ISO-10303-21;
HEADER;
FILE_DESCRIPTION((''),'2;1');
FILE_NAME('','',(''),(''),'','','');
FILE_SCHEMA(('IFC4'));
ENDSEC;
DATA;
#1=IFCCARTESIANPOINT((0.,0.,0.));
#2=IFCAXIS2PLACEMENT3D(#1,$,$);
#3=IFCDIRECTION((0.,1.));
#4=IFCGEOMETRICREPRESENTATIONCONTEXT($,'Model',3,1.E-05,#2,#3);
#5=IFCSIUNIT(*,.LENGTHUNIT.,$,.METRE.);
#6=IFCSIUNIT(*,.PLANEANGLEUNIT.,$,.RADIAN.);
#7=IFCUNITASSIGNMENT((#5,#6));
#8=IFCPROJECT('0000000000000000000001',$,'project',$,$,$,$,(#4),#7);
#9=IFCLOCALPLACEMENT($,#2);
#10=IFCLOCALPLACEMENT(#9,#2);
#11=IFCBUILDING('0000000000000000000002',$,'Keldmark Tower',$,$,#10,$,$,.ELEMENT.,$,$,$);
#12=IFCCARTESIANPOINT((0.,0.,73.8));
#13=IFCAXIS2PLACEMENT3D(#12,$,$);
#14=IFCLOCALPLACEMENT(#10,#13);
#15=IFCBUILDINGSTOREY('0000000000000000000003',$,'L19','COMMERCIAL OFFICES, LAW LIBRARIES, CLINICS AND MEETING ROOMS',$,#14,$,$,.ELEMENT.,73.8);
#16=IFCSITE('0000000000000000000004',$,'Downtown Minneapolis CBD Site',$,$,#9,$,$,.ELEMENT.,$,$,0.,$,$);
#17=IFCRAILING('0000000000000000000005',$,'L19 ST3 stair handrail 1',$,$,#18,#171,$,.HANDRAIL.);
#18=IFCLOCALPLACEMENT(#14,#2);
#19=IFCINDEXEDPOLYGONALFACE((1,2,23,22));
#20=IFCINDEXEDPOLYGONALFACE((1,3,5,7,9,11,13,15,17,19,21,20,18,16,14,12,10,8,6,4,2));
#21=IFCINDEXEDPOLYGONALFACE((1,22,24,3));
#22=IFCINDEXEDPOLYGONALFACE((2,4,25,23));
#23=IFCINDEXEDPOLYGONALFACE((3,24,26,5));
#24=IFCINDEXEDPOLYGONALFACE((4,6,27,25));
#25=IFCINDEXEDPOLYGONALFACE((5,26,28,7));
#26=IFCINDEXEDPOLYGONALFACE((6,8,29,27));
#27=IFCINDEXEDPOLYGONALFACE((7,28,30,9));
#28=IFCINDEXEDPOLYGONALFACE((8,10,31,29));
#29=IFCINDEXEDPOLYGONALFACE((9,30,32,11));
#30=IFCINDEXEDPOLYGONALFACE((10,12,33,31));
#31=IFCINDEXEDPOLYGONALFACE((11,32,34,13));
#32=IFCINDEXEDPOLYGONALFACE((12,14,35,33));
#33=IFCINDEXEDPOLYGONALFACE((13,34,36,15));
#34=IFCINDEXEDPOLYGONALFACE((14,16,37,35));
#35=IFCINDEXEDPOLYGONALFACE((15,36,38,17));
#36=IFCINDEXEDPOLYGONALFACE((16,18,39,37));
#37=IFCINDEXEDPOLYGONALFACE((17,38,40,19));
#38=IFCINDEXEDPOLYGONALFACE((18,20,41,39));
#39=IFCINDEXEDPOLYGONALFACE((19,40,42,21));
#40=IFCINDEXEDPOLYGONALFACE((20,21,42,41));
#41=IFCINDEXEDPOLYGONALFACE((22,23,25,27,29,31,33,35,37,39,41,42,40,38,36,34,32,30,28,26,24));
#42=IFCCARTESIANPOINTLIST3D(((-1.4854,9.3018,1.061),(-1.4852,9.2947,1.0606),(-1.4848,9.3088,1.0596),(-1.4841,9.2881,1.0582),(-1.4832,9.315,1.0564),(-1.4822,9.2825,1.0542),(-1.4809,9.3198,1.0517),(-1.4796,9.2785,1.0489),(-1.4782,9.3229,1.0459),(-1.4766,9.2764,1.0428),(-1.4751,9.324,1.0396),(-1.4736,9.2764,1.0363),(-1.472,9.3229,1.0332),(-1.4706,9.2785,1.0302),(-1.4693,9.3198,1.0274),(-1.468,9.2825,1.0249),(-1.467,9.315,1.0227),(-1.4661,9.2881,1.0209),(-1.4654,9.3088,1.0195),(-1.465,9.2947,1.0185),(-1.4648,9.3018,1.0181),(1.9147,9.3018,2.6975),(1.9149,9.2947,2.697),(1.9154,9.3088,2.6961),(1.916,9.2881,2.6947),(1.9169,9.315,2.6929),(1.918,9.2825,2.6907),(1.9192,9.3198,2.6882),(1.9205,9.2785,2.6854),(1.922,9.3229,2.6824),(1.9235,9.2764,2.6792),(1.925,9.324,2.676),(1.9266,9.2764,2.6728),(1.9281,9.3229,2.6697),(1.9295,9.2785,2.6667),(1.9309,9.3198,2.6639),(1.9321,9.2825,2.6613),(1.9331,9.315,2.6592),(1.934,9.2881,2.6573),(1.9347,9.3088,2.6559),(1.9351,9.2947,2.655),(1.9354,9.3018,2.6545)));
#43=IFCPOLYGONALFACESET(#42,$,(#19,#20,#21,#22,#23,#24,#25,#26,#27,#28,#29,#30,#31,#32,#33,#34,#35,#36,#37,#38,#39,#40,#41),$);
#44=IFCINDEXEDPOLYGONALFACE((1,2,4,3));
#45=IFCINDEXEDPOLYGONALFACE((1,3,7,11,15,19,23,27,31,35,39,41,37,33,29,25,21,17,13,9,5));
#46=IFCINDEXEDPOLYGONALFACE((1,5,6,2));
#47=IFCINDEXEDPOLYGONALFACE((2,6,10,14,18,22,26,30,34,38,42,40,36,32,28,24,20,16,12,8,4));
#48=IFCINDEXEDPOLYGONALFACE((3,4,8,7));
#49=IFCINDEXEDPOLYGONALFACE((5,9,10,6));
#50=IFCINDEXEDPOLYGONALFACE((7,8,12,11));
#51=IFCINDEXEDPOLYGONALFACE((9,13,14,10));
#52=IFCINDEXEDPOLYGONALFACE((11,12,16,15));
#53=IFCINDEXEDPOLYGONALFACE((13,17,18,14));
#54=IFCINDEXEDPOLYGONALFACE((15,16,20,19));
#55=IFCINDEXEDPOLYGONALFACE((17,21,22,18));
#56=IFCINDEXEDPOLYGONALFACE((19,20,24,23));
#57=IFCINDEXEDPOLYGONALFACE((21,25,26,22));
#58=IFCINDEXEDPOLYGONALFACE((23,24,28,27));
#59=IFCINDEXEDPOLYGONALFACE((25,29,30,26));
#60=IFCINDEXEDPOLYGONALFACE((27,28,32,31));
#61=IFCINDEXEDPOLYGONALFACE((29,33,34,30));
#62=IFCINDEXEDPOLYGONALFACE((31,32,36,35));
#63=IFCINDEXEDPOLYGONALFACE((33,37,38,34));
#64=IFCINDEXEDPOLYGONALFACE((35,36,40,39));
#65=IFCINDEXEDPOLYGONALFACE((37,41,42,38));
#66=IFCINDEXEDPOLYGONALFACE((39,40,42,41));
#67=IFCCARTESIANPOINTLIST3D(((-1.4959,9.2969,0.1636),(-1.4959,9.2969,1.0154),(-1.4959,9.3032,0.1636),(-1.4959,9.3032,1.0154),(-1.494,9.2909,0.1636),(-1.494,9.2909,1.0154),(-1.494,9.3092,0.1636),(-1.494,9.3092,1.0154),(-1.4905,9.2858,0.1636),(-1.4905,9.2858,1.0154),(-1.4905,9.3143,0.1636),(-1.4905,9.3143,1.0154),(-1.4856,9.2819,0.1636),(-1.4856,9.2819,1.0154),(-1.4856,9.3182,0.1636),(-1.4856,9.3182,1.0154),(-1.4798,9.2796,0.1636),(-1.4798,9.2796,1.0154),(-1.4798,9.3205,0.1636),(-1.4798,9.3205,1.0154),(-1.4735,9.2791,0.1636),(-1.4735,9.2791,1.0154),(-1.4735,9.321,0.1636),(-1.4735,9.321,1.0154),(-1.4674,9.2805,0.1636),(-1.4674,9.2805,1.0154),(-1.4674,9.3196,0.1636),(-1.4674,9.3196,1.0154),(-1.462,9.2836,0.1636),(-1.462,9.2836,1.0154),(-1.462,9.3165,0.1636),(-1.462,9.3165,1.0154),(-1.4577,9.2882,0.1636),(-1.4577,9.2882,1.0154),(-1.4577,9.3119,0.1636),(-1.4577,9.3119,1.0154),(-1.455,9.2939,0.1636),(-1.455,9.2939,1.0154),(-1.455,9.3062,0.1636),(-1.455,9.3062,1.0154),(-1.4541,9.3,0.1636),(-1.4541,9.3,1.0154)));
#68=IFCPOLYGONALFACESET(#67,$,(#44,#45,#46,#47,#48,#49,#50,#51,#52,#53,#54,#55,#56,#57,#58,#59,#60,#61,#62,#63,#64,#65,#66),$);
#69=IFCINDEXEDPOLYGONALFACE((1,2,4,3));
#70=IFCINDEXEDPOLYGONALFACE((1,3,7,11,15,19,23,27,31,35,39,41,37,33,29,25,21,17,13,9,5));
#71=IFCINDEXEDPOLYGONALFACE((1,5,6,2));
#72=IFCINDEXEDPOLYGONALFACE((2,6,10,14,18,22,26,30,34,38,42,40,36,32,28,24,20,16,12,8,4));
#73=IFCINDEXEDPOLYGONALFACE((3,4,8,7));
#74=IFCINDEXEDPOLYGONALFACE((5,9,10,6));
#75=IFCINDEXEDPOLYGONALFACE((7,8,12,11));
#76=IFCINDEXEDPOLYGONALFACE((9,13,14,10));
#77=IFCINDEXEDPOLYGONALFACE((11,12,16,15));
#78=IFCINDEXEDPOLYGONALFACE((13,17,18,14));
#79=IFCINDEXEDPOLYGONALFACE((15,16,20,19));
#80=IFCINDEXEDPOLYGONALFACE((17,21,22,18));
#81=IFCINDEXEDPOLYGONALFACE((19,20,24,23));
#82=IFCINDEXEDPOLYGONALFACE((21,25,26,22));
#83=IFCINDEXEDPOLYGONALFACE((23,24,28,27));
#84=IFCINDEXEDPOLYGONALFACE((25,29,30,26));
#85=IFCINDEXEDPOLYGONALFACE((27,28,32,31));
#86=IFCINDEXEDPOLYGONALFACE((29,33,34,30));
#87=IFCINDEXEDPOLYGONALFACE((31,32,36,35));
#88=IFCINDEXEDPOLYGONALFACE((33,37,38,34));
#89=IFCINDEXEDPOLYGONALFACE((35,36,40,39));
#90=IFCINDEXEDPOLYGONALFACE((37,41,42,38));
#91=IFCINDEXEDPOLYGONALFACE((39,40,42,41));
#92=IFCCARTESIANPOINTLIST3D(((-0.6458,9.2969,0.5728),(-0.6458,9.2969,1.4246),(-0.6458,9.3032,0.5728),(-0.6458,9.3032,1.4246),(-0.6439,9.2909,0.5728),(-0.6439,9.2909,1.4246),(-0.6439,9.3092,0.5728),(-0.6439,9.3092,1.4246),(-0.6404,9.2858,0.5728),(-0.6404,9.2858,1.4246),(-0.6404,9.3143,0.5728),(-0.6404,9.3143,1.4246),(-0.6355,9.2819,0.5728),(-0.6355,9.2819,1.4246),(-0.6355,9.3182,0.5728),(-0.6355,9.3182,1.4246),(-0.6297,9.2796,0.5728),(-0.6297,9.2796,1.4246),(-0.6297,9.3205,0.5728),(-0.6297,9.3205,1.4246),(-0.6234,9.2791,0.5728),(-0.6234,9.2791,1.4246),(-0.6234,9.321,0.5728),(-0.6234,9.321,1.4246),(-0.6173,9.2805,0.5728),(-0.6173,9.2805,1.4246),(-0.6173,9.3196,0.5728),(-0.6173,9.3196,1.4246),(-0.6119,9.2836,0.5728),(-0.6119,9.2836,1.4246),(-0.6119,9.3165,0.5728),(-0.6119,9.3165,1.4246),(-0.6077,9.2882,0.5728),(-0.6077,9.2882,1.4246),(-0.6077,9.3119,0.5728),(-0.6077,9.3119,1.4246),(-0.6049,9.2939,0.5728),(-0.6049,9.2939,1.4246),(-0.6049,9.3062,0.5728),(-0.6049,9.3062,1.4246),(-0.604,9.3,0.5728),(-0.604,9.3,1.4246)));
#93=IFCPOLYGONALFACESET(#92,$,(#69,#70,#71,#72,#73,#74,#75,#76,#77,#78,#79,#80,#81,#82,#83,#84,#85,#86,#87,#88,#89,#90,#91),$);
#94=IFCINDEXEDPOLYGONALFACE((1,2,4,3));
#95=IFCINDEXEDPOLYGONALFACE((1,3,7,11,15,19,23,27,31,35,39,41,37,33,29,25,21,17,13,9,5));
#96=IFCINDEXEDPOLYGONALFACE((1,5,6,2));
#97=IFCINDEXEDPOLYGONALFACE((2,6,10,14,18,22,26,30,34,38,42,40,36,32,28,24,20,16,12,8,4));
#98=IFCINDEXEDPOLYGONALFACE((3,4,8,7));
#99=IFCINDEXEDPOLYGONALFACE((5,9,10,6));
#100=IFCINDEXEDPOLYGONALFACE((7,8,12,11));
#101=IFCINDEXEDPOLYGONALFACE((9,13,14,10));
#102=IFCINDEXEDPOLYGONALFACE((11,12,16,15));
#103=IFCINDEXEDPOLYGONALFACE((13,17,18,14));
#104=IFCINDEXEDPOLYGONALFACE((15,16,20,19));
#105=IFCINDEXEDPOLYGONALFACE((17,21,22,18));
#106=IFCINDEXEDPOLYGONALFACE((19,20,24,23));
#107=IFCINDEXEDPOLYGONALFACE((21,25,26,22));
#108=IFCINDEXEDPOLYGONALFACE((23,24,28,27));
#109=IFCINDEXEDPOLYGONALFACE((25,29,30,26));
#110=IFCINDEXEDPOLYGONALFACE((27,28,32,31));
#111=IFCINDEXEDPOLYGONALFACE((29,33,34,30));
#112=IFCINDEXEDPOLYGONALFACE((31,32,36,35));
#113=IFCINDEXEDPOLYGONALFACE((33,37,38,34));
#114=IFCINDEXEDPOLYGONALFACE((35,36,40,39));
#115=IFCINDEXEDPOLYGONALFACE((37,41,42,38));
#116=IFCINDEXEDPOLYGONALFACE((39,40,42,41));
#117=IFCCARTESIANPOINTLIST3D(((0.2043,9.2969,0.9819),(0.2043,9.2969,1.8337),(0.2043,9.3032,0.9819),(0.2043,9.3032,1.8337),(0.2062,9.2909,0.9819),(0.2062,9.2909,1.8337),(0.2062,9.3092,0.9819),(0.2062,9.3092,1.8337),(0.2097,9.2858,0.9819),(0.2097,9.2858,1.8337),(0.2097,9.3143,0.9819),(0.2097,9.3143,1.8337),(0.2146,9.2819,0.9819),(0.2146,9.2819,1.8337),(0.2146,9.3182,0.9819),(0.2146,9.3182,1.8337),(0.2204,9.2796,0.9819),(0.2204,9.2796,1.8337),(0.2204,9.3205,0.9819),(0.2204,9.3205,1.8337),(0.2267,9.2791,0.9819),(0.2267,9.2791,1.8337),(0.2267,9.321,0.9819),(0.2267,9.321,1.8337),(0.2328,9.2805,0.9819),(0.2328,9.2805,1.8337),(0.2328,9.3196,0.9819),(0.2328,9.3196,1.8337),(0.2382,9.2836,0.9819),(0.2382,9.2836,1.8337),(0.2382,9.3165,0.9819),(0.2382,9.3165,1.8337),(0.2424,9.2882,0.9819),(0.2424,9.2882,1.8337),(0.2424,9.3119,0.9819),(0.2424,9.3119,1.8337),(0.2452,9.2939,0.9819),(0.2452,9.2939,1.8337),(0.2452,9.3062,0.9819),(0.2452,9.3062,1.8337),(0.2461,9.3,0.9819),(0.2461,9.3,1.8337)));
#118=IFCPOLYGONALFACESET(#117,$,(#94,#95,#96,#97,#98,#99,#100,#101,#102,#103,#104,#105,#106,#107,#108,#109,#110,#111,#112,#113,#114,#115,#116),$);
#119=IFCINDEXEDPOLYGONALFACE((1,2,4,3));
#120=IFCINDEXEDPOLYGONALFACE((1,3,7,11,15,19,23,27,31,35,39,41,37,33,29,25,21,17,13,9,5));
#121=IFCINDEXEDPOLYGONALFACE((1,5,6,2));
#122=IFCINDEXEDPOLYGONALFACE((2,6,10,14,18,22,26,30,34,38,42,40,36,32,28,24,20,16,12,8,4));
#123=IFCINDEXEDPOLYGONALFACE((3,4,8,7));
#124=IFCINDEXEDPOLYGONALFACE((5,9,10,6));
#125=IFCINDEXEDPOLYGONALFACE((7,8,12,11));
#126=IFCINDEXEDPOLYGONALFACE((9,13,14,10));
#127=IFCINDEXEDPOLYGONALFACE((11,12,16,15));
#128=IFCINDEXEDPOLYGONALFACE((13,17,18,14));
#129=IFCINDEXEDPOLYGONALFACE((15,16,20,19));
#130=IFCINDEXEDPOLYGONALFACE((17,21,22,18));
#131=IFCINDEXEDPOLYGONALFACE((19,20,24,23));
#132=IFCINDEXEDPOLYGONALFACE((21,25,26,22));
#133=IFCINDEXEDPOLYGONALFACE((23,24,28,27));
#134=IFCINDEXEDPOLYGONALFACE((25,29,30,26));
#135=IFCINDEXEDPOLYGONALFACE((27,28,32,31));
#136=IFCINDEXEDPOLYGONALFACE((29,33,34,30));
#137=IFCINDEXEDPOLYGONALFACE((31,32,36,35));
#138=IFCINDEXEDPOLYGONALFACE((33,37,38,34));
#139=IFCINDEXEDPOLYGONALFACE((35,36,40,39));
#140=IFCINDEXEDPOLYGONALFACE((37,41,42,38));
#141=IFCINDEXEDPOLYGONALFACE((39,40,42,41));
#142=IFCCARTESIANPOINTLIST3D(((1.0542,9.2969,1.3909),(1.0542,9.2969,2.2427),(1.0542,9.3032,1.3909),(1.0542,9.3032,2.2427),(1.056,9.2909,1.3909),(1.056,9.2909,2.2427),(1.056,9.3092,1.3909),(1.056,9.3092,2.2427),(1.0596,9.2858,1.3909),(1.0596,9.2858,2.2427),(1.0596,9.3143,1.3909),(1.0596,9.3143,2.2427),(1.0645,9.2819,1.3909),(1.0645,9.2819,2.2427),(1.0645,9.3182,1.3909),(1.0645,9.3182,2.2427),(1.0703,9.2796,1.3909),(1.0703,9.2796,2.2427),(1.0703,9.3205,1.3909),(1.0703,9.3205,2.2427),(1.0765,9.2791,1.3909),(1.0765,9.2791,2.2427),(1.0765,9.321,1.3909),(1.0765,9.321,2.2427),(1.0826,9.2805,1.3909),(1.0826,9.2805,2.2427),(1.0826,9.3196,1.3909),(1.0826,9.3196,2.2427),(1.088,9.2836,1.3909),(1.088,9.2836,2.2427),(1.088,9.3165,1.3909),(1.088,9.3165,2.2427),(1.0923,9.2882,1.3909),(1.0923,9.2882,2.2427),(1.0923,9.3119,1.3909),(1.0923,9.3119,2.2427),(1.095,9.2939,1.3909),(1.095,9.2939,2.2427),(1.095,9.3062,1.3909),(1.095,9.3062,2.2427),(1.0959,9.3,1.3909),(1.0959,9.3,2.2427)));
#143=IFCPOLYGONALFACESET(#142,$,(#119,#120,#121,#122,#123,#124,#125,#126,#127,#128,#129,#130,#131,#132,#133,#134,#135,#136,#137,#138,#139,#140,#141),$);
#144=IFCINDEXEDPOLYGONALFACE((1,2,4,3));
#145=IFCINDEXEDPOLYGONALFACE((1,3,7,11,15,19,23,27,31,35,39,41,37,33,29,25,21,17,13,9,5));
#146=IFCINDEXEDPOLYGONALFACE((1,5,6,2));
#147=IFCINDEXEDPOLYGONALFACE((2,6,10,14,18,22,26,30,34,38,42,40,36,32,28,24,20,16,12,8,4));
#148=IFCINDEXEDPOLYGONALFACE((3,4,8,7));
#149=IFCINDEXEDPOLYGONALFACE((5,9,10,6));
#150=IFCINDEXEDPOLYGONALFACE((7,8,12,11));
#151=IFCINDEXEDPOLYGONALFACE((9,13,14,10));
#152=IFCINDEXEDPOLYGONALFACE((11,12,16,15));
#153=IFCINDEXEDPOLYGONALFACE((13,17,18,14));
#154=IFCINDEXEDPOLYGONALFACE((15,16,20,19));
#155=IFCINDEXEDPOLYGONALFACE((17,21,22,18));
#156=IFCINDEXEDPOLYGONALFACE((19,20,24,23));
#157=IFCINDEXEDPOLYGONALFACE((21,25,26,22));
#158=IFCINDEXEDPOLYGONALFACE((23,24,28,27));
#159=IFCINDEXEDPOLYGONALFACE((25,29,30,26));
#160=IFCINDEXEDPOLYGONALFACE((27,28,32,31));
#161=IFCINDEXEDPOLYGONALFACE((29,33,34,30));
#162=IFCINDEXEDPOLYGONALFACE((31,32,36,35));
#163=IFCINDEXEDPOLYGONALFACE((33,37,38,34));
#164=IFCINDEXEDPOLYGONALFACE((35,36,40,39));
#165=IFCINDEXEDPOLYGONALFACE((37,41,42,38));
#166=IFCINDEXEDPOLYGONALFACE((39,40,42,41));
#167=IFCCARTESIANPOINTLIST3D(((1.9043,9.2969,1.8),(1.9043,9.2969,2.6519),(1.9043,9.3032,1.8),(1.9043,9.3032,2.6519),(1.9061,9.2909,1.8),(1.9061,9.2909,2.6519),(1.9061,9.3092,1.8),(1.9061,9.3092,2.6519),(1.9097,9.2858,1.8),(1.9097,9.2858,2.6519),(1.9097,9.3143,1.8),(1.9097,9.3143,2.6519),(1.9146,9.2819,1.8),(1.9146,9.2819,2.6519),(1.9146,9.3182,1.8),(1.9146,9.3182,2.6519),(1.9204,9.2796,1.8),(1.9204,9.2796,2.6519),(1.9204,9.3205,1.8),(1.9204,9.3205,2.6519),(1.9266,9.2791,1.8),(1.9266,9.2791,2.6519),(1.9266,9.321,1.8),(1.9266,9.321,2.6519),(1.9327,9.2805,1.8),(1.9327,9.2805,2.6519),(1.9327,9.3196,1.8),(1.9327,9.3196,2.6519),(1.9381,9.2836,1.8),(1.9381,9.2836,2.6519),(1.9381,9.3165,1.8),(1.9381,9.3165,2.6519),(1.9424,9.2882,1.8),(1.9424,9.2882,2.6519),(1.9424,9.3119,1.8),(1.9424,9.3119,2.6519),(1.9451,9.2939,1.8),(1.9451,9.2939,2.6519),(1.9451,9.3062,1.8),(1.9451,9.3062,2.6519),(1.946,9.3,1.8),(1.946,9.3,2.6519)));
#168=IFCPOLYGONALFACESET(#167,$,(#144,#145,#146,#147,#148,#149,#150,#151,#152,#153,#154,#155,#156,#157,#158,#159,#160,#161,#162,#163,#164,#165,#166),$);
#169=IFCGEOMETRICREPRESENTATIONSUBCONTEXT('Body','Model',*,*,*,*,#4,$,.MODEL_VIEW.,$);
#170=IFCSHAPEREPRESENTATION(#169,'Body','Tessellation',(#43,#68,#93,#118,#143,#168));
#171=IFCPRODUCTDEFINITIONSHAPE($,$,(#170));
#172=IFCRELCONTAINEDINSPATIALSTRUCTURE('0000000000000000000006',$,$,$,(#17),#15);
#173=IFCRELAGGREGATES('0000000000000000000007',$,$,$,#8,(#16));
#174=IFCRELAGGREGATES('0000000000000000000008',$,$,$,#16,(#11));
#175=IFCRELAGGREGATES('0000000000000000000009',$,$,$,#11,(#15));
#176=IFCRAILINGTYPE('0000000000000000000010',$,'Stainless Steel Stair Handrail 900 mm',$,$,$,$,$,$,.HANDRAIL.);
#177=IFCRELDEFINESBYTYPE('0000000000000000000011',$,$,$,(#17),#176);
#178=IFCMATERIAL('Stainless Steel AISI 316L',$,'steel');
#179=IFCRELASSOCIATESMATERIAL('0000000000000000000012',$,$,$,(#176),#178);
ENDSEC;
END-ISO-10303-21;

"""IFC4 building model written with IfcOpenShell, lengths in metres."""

from ifc_helpers import new_model, si_unit, direction, frame, origin, origin_2d, place, context, subcontext, project, spatial, circle, extrude, material, type_object, element, save


model = new_model("IFC4")

# Units and contexts
model_context = context("Model", 3, precision=1e-05, world=origin(), true_north=direction((0.0, 1.0)))
body_context = subcontext(model_context, "Body", "Model", "MODEL_VIEW")
ifc_project = project(units=[si_unit("LENGTHUNIT", "METRE"), si_unit("PLANEANGLEUNIT", "RADIAN")], contexts=[model_context])

# Site, building, storey
site_placement = place(None, origin())
site = spatial("IfcSite", under=ifc_project, at=site_placement, Name="Downtown Minneapolis CBD Site", CompositionType="ELEMENT", RefElevation=0.0)
building_placement = place(site_placement, origin())
building = spatial("IfcBuilding", under=site, at=building_placement, Name="Keldmark Tower", CompositionType="ELEMENT")
storey_placement = place(building_placement, frame((0.0, 0.0, 73.8)))
storey = spatial("IfcBuildingStorey", under=building, at=storey_placement, Name="L19", Description="COMMERCIAL OFFICES, LAW LIBRARIES, CLINICS AND MEETING ROOMS", CompositionType="ELEMENT", Elevation=73.8)

# Railing
ifc_material_1 = material(Name="Stainless Steel AISI 316L", Category="steel")
railing_type_1 = type_object("IfcRailingType", Name="Stainless Steel Stair Handrail 900 mm", PredefinedType="HANDRAIL", material=ifc_material_1)
railing_1_placement = place(storey_placement, frame((-1.4751, 9.3, 0.1636)))
element("IfcRailing", 1, at=railing_1_placement, inside=storey, type_object=railing_type_1, Name="L19 ST3 stair handrail 1", PredefinedType="HANDRAIL", context=body_context, shape_type="SweptSolid", body=[
    extrude(circle(Radius=0.0239, at=origin_2d()), frame((0.0, 0.0, 0.876), z_axis=(0.901067, 0.0, 0.433679), x_axis=(0.0, 1.0, 0.0)), (0.0, 0.0, 1.0), 3.7734),
    extrude(circle(Radius=0.021, at=origin_2d()), origin(), (0.0, 0.0, 1.0), 0.8518),
    extrude(circle(Radius=0.021, at=origin_2d()), frame((0.8501, 0.0, 0.4092)), (0.0, 0.0, 1.0), 0.8518),
    extrude(circle(Radius=0.021, at=origin_2d()), frame((1.7002, 0.0, 0.8184)), (0.0, 0.0, 1.0), 0.8518),
    extrude(circle(Radius=0.021, at=origin_2d()), frame((2.55, 0.0, 1.2273)), (0.0, 0.0, 1.0), 0.8518),
    extrude(circle(Radius=0.021, at=origin_2d()), frame((3.4001, 0.0, 1.6365)), (0.0, 0.0, 1.0), 0.8518),
])

save(model, "model.ifc")
